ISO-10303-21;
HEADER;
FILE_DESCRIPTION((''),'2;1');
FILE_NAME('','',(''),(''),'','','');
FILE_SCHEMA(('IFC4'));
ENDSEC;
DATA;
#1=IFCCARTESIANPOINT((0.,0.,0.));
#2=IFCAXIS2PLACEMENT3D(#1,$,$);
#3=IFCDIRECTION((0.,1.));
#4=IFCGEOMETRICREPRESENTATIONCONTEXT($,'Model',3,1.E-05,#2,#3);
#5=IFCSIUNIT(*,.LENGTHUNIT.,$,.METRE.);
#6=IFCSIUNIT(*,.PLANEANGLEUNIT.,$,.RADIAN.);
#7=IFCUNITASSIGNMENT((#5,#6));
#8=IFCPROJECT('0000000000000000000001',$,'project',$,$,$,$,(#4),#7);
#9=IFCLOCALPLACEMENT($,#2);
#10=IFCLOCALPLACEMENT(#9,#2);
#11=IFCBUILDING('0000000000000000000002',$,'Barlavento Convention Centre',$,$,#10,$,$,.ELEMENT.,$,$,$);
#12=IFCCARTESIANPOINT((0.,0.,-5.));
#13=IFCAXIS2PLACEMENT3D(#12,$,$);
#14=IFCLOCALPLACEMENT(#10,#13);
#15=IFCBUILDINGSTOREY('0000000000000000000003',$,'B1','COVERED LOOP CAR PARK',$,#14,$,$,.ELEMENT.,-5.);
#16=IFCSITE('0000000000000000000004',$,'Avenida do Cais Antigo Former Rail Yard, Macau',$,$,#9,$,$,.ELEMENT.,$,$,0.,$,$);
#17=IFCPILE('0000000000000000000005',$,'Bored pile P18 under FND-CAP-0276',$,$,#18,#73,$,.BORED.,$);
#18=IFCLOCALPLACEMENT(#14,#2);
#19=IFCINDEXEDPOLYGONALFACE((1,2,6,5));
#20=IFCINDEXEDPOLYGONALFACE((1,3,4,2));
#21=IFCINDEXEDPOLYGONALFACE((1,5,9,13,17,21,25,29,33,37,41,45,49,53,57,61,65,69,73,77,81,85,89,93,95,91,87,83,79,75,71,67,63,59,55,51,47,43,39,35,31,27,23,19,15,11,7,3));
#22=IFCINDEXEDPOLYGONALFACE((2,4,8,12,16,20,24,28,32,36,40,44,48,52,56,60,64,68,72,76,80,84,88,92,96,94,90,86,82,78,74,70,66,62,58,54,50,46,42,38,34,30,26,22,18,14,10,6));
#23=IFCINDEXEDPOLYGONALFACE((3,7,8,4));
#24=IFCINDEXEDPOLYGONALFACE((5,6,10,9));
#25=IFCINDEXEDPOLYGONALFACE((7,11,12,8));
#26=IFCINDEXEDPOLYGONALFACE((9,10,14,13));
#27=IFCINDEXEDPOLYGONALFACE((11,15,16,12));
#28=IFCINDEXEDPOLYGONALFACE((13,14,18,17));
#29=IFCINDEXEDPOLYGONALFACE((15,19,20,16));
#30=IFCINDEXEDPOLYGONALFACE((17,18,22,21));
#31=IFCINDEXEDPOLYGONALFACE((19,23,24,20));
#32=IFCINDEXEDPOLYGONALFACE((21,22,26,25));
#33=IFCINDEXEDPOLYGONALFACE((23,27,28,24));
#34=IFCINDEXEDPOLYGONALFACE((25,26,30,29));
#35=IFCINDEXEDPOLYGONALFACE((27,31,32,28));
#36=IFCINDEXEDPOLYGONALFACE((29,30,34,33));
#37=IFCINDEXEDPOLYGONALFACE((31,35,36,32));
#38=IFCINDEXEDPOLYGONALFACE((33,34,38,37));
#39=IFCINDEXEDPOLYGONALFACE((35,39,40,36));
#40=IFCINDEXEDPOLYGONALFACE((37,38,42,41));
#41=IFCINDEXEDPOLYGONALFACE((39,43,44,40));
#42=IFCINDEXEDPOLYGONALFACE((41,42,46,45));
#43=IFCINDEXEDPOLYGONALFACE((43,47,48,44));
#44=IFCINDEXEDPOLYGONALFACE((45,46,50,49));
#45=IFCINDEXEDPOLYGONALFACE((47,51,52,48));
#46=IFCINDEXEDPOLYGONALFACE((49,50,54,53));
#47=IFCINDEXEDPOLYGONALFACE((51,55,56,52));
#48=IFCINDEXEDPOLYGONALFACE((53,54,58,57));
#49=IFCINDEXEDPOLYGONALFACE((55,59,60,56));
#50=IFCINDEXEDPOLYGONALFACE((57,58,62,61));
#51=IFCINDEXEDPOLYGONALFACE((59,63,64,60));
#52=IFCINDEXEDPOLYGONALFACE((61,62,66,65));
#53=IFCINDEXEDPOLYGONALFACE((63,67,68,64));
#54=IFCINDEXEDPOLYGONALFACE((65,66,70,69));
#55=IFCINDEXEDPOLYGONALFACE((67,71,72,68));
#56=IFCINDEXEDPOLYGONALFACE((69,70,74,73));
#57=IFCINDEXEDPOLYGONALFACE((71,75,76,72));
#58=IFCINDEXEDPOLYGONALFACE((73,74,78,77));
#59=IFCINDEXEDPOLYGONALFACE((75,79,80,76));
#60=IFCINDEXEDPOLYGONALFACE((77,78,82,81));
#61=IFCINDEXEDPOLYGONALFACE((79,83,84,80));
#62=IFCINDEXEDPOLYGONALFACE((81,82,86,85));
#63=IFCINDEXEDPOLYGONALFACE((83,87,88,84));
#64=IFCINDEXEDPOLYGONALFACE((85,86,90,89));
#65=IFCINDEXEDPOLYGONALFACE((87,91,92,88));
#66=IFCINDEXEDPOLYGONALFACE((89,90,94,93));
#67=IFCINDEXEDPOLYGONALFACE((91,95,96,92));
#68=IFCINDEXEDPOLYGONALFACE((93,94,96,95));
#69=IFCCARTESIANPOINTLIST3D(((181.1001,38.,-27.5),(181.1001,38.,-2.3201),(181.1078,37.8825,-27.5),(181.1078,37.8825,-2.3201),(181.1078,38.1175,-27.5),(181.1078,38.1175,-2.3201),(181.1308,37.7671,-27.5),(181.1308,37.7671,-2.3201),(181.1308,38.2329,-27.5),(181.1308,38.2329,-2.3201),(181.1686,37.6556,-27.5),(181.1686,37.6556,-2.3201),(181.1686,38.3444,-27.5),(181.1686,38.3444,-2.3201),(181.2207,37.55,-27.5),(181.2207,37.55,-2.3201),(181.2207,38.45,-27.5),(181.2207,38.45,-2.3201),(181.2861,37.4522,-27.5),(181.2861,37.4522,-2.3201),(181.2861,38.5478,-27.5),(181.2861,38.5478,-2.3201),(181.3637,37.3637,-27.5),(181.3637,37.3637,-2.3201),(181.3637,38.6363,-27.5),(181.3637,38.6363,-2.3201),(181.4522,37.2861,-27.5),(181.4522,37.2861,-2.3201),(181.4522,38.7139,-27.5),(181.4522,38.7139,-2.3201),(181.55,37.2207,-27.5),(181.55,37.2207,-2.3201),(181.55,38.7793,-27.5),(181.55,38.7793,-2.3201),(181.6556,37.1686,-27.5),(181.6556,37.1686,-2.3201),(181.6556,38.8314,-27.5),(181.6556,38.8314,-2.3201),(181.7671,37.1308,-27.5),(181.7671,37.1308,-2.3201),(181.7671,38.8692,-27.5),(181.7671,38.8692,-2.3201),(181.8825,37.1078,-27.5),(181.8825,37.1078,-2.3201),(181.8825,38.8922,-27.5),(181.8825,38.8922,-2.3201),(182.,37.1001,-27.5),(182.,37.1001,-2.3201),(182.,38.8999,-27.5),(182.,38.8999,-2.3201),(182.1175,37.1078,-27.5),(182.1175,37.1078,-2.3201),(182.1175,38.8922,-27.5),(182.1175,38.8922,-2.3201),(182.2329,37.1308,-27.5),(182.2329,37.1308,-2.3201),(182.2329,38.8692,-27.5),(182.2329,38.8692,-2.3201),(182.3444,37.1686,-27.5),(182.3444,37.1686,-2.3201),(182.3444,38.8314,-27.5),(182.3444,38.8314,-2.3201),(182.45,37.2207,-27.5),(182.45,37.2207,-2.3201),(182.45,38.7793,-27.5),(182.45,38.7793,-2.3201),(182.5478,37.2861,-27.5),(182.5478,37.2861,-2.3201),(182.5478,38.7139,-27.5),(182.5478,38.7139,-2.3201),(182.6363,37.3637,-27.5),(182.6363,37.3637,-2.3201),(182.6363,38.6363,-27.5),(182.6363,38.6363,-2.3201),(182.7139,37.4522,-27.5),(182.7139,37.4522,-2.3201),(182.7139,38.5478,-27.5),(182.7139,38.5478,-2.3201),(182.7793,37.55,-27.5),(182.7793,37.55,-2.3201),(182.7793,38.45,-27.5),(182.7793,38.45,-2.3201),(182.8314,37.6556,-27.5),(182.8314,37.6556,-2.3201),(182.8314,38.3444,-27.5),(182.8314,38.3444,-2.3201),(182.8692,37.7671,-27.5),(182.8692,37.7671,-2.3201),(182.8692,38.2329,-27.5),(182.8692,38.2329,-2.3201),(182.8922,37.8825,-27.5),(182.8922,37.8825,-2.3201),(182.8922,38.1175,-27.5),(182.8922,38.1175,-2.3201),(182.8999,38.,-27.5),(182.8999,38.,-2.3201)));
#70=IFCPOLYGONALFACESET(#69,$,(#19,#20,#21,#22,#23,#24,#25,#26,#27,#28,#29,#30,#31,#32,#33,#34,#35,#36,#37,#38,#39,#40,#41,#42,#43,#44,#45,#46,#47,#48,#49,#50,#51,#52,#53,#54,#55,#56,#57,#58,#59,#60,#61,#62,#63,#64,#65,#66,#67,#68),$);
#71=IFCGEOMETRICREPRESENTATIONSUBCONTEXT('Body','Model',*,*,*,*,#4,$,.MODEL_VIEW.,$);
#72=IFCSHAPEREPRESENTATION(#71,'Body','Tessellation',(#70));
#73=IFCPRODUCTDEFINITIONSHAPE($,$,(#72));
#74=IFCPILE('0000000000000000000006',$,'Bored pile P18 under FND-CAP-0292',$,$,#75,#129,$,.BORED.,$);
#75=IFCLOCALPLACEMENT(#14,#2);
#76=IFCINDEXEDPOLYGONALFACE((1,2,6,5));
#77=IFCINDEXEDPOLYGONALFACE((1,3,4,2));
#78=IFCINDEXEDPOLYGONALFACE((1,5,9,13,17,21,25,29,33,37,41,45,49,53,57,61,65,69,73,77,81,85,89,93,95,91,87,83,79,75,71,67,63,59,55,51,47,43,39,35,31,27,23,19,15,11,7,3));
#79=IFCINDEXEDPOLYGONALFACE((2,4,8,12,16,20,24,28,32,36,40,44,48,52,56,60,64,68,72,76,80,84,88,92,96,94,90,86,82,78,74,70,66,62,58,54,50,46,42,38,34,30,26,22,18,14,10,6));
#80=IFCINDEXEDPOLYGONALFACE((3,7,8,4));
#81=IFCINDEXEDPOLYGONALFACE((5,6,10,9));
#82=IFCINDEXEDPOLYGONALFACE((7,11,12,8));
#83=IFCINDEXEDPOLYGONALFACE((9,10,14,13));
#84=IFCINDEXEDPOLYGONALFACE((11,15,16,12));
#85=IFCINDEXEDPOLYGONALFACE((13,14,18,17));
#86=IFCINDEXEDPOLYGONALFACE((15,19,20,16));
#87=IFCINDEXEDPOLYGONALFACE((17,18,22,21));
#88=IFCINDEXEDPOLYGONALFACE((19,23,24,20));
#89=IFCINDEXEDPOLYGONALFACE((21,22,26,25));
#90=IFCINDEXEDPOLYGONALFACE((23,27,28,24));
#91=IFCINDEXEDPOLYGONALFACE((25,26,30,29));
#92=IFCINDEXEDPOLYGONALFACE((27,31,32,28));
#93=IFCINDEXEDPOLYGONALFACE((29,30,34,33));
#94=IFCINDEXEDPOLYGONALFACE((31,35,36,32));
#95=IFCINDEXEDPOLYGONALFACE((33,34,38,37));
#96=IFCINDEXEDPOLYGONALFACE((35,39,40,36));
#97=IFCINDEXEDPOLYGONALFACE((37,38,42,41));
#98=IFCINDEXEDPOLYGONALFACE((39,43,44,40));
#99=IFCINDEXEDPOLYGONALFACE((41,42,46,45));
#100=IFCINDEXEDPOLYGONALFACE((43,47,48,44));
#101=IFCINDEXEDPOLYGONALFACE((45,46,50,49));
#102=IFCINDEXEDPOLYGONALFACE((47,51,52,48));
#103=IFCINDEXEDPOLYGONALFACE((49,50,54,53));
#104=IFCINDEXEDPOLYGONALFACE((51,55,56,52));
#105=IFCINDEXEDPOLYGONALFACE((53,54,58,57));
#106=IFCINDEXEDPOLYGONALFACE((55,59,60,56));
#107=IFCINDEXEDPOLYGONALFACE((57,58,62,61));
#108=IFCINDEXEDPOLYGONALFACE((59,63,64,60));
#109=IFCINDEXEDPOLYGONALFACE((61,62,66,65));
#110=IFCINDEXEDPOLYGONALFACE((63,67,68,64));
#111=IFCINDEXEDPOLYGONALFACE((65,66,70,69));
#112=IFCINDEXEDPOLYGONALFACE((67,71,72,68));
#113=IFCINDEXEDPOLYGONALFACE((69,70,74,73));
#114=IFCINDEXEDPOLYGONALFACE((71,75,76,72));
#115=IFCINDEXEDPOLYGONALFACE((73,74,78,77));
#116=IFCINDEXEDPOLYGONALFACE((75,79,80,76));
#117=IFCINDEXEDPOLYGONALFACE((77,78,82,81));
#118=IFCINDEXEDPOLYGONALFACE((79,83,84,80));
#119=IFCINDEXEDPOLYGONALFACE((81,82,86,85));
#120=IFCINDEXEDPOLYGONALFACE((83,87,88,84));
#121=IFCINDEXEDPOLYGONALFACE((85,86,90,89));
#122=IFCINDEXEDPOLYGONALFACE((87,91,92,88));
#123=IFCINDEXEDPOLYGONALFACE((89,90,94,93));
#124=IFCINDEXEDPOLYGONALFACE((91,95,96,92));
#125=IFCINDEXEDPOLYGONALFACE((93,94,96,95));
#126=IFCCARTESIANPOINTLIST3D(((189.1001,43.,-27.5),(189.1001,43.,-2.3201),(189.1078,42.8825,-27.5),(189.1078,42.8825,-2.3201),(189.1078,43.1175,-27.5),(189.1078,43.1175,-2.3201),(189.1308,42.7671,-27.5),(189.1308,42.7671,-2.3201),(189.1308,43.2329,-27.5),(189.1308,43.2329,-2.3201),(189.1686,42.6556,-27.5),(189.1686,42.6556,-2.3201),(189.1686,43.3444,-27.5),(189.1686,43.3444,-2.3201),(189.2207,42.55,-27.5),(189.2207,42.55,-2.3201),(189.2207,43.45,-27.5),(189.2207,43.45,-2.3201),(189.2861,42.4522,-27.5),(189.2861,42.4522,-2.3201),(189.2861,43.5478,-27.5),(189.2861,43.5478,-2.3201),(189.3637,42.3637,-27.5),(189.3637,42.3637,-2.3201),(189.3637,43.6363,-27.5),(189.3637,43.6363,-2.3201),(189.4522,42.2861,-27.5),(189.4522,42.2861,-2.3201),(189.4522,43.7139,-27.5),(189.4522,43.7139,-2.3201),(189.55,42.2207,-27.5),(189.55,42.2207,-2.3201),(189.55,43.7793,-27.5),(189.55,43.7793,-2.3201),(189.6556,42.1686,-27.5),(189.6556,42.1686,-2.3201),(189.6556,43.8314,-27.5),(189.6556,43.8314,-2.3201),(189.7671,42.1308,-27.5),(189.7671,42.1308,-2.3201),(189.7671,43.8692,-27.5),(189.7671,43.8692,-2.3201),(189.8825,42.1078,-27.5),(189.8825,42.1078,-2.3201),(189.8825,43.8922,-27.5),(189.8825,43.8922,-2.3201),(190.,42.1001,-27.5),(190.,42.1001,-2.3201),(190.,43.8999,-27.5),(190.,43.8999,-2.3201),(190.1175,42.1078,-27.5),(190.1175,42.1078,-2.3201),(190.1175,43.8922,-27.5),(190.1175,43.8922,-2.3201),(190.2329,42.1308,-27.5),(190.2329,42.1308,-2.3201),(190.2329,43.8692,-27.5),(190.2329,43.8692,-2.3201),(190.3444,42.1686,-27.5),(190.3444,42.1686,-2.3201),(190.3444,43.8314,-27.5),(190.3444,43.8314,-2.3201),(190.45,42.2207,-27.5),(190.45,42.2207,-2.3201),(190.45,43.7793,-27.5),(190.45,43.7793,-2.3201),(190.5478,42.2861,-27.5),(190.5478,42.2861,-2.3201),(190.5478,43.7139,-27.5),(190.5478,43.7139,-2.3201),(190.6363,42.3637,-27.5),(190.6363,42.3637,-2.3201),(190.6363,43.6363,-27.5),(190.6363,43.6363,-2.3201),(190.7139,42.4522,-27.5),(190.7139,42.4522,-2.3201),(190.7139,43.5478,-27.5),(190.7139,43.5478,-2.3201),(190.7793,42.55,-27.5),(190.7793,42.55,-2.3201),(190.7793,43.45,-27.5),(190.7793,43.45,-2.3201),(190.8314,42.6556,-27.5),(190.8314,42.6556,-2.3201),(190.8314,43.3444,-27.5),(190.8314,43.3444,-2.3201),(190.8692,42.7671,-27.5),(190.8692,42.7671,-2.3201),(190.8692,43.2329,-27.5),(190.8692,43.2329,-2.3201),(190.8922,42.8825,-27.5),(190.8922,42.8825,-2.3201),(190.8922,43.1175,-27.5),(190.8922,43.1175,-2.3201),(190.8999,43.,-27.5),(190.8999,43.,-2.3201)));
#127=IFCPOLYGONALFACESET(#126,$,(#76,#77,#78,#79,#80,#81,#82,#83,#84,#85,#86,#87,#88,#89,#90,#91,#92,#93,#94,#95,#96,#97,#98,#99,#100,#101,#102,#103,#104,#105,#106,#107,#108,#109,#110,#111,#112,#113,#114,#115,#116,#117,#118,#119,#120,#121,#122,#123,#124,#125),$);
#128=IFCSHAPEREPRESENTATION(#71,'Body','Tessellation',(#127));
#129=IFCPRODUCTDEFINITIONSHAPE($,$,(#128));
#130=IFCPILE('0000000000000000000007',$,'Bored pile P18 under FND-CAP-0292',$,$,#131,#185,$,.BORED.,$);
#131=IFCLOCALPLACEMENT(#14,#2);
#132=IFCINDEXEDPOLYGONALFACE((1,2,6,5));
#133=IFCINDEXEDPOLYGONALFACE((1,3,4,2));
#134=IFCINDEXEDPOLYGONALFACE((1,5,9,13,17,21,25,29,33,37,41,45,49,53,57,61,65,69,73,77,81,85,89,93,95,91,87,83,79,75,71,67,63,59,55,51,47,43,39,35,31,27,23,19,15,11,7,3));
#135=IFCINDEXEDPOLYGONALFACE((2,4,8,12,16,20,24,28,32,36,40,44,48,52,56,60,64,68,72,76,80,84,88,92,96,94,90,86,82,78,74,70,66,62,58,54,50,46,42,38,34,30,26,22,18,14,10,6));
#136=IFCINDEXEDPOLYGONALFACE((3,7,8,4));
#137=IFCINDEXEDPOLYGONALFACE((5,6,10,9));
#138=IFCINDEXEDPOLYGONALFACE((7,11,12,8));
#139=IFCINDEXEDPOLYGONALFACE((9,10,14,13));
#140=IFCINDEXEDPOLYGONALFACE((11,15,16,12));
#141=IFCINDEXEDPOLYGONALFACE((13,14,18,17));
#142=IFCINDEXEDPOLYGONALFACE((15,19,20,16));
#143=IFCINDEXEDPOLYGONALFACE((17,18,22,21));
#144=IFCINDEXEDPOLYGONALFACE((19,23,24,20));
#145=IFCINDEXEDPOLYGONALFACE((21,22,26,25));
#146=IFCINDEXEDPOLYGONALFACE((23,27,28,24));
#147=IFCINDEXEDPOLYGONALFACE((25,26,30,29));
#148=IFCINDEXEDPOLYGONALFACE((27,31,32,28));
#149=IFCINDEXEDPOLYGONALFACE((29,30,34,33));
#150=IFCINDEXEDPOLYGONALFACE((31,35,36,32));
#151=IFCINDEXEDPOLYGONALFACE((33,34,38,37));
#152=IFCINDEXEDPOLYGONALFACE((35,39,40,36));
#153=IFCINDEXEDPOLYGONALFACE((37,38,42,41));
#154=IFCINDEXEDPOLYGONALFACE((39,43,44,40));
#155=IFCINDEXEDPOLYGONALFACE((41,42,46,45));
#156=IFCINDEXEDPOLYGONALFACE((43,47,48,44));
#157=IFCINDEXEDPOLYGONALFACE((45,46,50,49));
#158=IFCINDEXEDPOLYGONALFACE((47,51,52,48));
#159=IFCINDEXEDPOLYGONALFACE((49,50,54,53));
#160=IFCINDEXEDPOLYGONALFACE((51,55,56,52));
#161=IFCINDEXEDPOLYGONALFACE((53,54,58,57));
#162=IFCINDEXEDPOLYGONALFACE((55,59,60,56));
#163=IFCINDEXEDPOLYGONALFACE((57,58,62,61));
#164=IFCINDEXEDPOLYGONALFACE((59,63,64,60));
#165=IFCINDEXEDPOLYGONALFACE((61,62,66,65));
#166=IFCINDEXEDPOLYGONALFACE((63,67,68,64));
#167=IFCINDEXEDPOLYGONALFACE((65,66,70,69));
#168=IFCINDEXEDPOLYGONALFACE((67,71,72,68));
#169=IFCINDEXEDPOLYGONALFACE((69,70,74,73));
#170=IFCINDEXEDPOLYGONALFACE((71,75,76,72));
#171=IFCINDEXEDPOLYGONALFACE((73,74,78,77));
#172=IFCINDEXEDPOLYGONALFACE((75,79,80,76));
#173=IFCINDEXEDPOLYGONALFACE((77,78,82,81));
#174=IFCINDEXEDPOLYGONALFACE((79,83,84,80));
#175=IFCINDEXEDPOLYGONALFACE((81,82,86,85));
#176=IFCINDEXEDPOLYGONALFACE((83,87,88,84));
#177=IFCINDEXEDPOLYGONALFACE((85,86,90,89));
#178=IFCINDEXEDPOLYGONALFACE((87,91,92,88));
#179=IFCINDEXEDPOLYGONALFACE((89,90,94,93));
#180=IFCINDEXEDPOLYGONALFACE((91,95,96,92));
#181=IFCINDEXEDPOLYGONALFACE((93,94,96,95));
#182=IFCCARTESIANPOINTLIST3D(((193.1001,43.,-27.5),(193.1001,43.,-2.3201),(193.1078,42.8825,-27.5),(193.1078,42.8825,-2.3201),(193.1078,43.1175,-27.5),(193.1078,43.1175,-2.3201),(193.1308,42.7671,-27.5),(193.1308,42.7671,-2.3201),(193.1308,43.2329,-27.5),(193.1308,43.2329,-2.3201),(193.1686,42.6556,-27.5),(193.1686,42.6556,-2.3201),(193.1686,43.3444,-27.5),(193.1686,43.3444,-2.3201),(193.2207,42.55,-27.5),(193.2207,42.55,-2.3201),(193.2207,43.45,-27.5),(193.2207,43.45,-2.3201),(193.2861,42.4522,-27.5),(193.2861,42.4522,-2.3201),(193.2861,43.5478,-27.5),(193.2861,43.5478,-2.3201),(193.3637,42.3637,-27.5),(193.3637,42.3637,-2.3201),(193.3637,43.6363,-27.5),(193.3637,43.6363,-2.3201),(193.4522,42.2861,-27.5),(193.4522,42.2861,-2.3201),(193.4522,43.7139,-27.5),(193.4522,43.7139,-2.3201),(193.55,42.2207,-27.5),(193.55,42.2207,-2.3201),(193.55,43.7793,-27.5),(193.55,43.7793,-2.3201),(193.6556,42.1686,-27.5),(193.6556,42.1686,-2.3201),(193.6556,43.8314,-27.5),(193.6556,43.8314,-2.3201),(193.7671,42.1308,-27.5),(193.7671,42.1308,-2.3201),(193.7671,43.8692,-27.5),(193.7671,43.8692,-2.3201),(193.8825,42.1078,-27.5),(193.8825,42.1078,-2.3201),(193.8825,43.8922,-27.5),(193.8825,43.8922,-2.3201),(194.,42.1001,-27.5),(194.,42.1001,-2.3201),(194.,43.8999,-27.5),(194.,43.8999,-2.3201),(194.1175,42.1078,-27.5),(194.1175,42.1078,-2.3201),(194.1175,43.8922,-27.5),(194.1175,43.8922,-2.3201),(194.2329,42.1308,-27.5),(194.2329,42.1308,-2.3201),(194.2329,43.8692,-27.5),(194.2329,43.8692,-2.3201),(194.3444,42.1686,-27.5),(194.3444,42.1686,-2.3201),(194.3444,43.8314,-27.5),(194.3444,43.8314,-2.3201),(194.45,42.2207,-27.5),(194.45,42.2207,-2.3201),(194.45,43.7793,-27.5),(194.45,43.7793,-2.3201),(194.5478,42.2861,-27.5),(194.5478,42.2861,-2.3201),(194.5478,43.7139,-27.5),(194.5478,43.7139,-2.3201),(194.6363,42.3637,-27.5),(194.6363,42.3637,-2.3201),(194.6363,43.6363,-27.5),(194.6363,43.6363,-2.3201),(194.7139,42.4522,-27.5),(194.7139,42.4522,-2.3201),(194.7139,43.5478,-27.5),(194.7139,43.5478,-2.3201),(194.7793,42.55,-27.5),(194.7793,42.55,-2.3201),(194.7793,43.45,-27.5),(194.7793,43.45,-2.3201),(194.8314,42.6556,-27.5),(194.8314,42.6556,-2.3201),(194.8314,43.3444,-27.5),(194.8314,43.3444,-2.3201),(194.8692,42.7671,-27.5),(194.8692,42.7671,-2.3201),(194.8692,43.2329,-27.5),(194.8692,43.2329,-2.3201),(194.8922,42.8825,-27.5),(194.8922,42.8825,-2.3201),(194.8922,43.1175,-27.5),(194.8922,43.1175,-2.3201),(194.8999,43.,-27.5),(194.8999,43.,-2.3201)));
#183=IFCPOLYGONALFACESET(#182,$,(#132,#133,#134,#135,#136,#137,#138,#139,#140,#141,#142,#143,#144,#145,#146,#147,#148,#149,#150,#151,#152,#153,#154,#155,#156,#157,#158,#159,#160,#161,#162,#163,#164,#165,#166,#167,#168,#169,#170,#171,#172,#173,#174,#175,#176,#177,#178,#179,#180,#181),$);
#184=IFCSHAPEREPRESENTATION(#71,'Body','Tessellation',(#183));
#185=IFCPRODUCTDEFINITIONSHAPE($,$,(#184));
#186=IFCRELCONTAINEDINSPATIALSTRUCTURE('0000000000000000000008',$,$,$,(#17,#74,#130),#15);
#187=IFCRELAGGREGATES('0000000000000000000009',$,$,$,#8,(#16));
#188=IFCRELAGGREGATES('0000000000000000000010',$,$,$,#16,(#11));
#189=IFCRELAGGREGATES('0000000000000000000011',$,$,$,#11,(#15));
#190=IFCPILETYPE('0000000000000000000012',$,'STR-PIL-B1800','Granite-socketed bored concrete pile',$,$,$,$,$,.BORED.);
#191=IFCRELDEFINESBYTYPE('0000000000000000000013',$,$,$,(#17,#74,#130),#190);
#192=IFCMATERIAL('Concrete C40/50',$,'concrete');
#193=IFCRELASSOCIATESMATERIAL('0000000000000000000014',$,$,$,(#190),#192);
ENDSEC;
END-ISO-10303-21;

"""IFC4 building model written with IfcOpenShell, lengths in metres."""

from ifc_helpers import new_model, si_unit, direction, frame, origin, origin_2d, place, context, subcontext, project, spatial, circle, extrude, material, material_profile, profile_set, type_object, element, save


model = new_model("IFC4")

# Units and contexts
model_context = context("Model", 3, precision=1e-05, world=origin(), true_north=direction((0.0, 1.0)))
body_context = subcontext(model_context, "Body", "Model", "MODEL_VIEW")
ifc_project = project(units=[si_unit("LENGTHUNIT", "METRE"), si_unit("PLANEANGLEUNIT", "RADIAN")], contexts=[model_context])

# Site, building, storey
site_placement = place(None, origin())
site = spatial("IfcSite", under=ifc_project, at=site_placement, Name="Avenida do Cais Antigo Former Rail Yard, Macau", CompositionType="ELEMENT", RefElevation=0.0)
building_placement = place(site_placement, origin())
building = spatial("IfcBuilding", under=site, at=building_placement, Name="Barlavento Convention Centre", CompositionType="ELEMENT")
storey_placement = place(building_placement, frame((0.0, 0.0, -5.0)))
storey = spatial("IfcBuildingStorey", under=building, at=storey_placement, Name="B1", Description="COVERED LOOP CAR PARK", CompositionType="ELEMENT", Elevation=-5.0)

# Shared definitions
ifc_material_1 = material(Name="Concrete C40/50", Category="concrete")

# Piles
ifc_material_profile_1 = material_profile(ifc_material_1, circle(Radius=0.8999, at=origin_2d()), Name="BORED PILE 1800")
ifc_profile_set_1 = profile_set([ifc_material_profile_1], Name="Concrete C40/50")
pile_type_1 = type_object("IfcPileType", Name="STR-PIL-B1800", Description="Granite-socketed bored concrete pile", PredefinedType="BORED", material=ifc_profile_set_1)
for number, where, z_axis, x_axis, name in (
    (1, (182.0, 38.0, -2.3201), (0.0, 0.0, -1.0), (1.0, 0.0, 0.0), "Bored pile P18 under FND-CAP-0276"),
    (2, (190.0, 43.0, -2.3201), (0.0, 0.0, -1.0), (1.0, 0.0, 0.0), "Bored pile P18 under FND-CAP-0292"),
    (3, (194.0, 43.0, -2.3201), (0.0, 0.0, -1.0), (1.0, 0.0, 0.0), "Bored pile P18 under FND-CAP-0292"),
):
    element("IfcPile", number, at=place(storey_placement, frame(where, z_axis=z_axis, x_axis=x_axis)), inside=storey, type_object=pile_type_1, Name=name, PredefinedType="BORED", context=body_context, shape_type="SweptSolid", body=[
        extrude(circle(Radius=0.8999, at=origin_2d()), origin(), (0.0, 0.0, 1.0), 25.1799),
    ])

save(model, "model.ifc")
